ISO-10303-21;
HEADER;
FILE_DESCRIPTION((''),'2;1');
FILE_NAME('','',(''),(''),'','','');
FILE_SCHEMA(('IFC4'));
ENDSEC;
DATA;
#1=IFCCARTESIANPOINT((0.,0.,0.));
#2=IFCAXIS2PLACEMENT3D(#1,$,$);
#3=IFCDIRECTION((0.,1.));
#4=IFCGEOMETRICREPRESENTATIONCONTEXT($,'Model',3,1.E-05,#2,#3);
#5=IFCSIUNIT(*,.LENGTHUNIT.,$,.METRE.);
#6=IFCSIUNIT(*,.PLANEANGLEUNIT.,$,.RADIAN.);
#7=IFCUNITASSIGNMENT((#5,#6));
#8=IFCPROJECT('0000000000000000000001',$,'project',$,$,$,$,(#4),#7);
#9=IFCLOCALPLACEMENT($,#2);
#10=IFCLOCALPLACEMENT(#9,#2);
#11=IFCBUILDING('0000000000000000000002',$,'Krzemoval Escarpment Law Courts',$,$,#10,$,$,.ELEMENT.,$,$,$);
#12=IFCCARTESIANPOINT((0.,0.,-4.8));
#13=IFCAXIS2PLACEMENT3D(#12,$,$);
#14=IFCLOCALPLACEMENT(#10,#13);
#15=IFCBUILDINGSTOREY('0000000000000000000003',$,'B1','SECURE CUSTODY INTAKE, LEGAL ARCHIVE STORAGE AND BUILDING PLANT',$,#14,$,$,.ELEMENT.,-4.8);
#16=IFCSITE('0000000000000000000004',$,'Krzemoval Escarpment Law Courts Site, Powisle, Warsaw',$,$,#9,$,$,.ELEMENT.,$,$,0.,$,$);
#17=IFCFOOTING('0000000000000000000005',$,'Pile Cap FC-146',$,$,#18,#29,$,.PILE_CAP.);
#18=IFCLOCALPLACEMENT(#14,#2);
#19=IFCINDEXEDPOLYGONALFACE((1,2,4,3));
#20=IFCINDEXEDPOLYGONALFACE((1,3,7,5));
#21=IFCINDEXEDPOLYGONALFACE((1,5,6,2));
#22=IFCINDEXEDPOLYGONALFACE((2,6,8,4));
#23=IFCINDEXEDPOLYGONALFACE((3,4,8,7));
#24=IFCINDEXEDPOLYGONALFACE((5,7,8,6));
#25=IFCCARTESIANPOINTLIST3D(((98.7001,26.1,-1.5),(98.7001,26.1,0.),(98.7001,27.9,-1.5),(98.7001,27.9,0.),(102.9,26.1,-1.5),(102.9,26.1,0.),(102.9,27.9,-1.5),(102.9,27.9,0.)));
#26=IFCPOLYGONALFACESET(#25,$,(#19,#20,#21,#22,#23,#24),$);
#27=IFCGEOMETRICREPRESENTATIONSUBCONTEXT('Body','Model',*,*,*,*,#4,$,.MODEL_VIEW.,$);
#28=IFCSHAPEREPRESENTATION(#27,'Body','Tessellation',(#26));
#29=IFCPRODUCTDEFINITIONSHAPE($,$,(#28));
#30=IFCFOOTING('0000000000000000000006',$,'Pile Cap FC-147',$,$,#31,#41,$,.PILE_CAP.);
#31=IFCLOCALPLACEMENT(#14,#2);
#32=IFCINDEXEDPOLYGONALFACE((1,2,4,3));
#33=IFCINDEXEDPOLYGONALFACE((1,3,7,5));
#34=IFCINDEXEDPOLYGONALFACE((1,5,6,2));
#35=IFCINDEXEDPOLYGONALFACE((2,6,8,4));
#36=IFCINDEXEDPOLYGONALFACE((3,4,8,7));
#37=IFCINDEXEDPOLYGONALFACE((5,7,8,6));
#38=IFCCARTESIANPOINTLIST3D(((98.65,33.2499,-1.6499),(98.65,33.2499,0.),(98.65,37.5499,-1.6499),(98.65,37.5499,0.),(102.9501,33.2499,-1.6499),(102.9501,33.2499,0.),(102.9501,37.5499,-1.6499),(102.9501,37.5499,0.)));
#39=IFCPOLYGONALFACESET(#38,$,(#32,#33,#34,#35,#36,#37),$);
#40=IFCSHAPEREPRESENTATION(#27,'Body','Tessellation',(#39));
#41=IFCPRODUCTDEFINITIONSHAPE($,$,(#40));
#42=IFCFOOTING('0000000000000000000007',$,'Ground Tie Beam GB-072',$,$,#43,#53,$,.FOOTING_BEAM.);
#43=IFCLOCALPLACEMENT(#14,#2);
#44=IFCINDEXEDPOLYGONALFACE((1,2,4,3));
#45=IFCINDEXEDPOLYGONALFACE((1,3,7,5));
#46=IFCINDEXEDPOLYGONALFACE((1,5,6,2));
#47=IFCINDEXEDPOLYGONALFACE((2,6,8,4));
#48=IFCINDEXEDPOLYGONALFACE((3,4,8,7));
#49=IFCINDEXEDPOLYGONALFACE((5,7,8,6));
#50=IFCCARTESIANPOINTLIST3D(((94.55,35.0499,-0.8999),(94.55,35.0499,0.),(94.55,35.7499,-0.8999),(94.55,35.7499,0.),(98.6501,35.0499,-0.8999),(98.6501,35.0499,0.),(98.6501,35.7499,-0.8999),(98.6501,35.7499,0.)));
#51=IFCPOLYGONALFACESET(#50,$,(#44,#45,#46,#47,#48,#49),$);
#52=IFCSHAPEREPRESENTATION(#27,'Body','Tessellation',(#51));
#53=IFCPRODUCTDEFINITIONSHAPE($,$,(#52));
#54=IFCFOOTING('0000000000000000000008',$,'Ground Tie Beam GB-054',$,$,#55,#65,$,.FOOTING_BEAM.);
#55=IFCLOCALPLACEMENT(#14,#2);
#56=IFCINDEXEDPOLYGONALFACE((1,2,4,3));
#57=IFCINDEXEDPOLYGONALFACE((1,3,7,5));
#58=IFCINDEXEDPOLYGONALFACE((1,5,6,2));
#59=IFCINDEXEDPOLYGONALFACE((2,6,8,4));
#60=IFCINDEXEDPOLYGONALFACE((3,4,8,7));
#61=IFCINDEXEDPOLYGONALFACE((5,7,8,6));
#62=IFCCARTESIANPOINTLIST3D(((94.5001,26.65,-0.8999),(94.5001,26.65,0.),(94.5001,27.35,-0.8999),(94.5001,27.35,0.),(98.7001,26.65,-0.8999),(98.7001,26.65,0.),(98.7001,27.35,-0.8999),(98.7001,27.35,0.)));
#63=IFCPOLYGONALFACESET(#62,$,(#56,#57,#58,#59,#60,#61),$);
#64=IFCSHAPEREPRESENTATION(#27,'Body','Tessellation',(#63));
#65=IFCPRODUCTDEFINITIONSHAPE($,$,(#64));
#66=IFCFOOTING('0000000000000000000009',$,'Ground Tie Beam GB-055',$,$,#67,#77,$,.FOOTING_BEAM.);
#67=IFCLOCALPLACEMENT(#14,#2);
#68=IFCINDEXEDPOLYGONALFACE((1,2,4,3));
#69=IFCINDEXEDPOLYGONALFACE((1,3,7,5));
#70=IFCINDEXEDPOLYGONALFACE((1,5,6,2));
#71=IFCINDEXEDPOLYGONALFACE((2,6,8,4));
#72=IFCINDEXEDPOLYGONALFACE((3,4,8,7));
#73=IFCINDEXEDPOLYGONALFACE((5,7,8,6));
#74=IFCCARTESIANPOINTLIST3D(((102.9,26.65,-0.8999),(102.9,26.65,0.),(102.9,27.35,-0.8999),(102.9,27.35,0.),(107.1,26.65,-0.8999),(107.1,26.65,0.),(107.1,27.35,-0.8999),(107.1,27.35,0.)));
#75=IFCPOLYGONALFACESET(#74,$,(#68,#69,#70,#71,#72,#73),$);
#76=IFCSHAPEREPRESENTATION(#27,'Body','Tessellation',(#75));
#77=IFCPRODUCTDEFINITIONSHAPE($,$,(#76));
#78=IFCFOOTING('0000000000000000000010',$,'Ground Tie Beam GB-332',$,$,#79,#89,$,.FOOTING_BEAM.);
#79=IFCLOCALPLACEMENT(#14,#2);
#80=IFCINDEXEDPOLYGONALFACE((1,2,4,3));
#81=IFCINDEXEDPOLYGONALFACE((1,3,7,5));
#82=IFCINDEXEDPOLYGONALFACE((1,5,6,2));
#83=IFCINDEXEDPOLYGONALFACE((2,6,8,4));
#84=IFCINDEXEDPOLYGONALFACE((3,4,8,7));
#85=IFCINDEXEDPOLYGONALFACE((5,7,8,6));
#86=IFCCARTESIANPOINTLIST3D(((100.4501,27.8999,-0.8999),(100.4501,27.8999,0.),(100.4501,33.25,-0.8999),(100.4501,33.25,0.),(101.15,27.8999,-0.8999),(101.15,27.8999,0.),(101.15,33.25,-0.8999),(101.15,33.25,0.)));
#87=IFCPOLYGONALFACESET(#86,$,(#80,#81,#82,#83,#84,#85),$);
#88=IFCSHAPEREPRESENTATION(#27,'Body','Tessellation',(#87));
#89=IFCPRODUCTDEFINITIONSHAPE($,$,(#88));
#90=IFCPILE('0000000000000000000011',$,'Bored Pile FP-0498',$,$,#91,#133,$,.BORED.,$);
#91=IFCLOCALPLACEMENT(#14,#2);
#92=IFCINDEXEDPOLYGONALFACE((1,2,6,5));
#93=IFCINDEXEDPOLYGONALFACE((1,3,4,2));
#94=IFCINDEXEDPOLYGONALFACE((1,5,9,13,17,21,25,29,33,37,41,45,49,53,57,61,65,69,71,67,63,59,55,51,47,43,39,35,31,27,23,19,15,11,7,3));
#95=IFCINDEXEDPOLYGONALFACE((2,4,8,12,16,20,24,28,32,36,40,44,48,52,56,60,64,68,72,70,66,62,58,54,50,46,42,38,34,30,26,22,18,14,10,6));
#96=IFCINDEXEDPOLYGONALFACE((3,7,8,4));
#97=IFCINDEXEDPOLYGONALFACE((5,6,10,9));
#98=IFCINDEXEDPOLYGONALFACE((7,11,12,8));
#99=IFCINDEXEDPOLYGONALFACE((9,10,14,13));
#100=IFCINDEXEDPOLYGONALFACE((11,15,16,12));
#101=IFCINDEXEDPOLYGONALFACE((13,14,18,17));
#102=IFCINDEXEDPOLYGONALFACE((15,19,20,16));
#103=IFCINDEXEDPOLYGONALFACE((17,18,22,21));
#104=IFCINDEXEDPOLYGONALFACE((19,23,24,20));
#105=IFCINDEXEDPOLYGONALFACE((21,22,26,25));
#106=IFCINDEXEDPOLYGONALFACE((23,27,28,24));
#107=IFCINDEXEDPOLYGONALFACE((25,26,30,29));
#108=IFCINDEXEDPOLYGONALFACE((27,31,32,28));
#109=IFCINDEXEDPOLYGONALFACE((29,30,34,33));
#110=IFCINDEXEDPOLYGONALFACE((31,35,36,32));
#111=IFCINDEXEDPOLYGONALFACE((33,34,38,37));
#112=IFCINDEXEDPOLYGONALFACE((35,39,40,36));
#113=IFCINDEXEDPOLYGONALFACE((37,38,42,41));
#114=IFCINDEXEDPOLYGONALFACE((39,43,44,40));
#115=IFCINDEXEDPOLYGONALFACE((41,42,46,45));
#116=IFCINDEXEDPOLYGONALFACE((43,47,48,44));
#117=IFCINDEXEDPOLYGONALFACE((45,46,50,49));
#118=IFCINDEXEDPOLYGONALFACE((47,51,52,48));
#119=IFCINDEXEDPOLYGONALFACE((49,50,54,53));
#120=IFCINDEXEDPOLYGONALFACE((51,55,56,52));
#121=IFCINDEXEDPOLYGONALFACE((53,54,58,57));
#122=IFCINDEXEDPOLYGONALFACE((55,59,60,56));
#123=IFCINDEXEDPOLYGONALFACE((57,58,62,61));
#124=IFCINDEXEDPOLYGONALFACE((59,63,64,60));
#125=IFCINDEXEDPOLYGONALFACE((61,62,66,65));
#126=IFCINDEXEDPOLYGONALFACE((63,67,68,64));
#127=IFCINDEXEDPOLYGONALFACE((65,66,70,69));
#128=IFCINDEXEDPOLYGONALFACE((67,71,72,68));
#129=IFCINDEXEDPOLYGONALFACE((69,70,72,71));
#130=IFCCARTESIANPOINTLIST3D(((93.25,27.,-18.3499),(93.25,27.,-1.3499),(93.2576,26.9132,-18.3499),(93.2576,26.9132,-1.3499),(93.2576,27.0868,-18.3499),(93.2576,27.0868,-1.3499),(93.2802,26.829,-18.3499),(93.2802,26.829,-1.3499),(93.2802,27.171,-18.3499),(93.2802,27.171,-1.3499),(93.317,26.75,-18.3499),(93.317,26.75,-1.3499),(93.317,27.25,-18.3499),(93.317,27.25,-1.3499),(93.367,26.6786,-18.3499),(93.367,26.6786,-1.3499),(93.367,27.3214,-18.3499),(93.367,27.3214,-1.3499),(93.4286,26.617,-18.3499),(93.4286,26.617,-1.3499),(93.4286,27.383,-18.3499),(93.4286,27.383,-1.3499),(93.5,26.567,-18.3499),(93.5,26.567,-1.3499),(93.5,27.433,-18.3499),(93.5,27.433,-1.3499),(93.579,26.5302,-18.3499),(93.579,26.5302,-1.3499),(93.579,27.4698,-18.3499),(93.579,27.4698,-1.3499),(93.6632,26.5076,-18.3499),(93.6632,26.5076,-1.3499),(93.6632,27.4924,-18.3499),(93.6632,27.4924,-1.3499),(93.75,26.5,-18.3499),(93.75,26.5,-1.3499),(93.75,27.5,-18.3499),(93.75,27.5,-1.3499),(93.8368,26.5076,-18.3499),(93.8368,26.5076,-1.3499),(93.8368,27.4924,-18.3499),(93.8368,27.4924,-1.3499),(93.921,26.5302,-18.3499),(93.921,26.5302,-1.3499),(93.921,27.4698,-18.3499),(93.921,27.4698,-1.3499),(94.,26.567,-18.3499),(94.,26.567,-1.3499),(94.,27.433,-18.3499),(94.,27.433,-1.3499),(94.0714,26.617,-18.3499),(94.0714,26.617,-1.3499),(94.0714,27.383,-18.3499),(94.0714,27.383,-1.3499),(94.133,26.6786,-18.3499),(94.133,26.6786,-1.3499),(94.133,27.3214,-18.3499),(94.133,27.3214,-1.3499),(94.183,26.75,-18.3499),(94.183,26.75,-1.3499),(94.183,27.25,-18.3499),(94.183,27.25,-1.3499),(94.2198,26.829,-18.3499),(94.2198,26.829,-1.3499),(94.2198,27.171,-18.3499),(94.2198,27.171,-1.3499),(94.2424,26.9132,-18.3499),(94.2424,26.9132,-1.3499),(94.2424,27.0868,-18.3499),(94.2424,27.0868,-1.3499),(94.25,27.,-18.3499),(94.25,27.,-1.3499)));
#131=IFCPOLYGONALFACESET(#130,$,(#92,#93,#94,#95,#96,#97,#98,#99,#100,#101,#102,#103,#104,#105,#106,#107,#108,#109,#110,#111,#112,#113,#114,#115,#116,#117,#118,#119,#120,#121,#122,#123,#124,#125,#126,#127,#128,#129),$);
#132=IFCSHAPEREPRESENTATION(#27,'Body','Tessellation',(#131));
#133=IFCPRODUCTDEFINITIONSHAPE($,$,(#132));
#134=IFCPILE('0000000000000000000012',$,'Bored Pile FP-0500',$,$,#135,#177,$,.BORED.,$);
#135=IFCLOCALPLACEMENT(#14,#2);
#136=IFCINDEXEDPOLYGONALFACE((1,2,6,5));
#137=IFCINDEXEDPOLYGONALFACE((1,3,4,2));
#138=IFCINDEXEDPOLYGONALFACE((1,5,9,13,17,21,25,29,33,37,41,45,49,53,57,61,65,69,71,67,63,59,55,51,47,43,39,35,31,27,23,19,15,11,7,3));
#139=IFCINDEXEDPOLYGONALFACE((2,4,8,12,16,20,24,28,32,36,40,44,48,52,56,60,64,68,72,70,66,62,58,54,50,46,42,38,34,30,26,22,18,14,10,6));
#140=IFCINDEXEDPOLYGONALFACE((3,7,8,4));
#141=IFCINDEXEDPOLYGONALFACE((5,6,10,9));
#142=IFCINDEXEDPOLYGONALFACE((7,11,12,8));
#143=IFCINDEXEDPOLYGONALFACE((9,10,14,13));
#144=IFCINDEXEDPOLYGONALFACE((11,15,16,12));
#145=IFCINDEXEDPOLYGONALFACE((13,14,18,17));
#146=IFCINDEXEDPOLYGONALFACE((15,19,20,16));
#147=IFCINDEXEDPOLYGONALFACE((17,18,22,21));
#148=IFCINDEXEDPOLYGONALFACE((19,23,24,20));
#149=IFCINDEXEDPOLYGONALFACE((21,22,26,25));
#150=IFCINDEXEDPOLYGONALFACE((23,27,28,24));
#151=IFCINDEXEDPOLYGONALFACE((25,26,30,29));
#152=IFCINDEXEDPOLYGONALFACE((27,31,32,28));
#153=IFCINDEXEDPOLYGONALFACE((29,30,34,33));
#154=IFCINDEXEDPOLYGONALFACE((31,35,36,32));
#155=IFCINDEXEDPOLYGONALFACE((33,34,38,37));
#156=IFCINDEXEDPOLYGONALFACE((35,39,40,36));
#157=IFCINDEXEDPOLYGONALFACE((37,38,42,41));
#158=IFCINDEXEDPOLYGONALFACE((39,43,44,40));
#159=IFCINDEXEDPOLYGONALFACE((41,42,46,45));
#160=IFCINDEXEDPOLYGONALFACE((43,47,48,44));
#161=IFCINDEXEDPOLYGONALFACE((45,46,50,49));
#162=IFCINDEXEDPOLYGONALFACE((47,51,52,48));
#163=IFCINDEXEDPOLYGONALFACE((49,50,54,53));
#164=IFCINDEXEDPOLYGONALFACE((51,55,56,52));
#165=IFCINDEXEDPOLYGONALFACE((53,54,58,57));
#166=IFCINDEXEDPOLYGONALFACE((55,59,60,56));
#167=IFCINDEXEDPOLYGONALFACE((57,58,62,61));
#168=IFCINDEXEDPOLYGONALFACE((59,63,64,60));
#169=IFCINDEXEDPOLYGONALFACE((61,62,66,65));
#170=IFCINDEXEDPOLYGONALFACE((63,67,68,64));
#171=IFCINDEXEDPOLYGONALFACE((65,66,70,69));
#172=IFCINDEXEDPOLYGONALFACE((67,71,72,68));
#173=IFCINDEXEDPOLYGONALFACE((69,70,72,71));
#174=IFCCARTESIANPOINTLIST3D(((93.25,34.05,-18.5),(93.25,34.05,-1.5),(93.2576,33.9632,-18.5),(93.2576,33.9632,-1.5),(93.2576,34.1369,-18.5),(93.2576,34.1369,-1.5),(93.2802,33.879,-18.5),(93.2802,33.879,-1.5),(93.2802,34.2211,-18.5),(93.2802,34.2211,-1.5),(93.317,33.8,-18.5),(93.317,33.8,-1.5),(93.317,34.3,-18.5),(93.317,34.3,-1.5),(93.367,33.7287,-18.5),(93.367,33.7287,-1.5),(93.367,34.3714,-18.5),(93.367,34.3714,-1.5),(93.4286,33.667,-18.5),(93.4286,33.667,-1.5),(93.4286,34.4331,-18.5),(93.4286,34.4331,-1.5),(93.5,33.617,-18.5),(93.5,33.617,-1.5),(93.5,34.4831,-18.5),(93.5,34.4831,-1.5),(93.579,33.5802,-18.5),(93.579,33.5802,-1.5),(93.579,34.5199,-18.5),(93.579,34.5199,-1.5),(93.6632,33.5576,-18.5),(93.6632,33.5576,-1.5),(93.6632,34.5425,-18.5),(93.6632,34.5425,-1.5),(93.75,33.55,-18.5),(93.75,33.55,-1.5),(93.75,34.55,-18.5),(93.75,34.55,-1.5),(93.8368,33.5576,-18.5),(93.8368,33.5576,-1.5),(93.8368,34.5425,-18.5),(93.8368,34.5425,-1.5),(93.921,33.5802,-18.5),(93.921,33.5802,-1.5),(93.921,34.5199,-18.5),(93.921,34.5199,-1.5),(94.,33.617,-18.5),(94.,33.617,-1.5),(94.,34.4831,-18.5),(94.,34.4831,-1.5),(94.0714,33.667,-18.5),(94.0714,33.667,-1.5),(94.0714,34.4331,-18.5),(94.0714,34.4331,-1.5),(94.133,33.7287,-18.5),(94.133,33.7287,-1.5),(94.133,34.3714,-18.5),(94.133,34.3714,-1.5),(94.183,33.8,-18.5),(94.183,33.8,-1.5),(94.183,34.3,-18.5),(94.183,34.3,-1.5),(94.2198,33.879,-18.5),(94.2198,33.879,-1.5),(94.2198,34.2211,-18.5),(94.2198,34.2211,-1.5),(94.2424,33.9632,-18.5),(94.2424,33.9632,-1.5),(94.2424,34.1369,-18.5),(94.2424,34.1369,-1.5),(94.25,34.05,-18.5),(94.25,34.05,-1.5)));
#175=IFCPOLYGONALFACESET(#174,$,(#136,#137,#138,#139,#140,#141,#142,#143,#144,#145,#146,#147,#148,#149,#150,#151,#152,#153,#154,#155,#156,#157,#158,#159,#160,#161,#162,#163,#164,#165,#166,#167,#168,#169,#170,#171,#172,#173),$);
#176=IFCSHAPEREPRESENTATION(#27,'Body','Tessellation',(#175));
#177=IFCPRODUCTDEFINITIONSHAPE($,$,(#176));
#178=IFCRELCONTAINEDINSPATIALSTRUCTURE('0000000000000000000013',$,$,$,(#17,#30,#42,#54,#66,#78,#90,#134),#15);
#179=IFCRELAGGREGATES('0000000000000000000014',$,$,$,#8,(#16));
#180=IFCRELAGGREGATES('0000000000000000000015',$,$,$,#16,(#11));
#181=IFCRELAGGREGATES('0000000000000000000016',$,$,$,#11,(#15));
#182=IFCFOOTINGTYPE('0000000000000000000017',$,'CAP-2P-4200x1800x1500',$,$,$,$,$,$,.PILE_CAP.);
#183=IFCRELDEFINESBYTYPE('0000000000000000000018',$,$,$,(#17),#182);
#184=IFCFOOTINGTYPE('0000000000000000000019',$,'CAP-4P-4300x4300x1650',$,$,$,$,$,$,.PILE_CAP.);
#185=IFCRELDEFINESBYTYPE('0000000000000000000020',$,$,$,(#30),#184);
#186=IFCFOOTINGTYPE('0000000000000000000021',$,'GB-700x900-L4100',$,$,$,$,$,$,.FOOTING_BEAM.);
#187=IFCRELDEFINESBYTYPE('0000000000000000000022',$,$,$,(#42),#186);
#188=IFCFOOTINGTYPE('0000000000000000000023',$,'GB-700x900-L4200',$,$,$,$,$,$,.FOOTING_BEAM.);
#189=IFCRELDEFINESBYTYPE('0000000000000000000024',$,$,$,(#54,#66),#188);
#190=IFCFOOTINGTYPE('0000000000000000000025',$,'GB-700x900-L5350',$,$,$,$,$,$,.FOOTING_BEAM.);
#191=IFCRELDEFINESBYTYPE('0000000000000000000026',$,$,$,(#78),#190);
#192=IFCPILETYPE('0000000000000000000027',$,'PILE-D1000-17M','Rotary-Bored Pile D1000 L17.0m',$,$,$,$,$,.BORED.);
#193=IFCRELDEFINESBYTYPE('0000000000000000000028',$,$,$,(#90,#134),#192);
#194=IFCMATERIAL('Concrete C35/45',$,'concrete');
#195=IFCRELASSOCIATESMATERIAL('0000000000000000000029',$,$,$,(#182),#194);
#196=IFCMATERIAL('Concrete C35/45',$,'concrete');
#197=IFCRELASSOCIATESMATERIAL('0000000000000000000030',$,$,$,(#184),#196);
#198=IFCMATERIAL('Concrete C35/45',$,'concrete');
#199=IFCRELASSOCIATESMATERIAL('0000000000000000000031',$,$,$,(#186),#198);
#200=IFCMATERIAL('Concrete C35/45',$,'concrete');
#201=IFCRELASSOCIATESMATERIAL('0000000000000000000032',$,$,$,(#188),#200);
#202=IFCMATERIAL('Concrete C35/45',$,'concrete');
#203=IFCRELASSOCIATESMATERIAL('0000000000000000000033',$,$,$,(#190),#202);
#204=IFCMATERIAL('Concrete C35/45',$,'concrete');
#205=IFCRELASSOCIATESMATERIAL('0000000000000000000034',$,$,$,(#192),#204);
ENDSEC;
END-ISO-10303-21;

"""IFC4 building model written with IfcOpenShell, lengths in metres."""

from ifc_helpers import new_model, si_unit, direction, frame, origin, origin_2d, place, context, subcontext, project, spatial, rectangle, circle, extrude, material, material_profile, profile_set, type_object, element, save


model = new_model("IFC4")

# Units and contexts
model_context = context("Model", 3, precision=1e-05, world=origin(), true_north=direction((0.0, 1.0)))
body_context = subcontext(model_context, "Body", "Model", "MODEL_VIEW")
ifc_project = project(units=[si_unit("LENGTHUNIT", "METRE"), si_unit("PLANEANGLEUNIT", "RADIAN")], contexts=[model_context])

# Site, building, storey
site_placement = place(None, origin())
site = spatial("IfcSite", under=ifc_project, at=site_placement, Name="Krzemoval Escarpment Law Courts Site, Powisle, Warsaw", CompositionType="ELEMENT", RefElevation=0.0)
building_placement = place(site_placement, origin())
building = spatial("IfcBuilding", under=site, at=building_placement, Name="Krzemoval Escarpment Law Courts", CompositionType="ELEMENT")
storey_placement = place(building_placement, frame((0.0, 0.0, -4.8)))
storey = spatial("IfcBuildingStorey", under=building, at=storey_placement, Name="B1", Description="SECURE CUSTODY INTAKE, LEGAL ARCHIVE STORAGE AND BUILDING PLANT", CompositionType="ELEMENT", Elevation=-4.8)

# Footings
ifc_material_1 = material(Name="Concrete C35/45", Category="concrete")
footing_type_1 = type_object("IfcFootingType", Name="CAP-2P-4200x1800x1500", PredefinedType="PILE_CAP", material=ifc_material_1)
footing_1_placement = place(storey_placement, frame((100.8, 27.0, -1.5), z_axis=(0.0, 0.0, 1.0), x_axis=(1.0, 0.0, 0.0)))
element("IfcFooting", 1, at=footing_1_placement, inside=storey, type_object=footing_type_1, Name="Pile Cap FC-146", PredefinedType="PILE_CAP", context=body_context, shape_type="SweptSolid", body=[
    extrude(rectangle(XDim=4.2, YDim=1.8, at=origin_2d()), origin(), (0.0, 0.0, 1.0), 1.5),
])
ifc_material_2 = material(Name="Concrete C35/45", Category="concrete")
footing_type_2 = type_object("IfcFootingType", Name="CAP-4P-4300x4300x1650", PredefinedType="PILE_CAP", material=ifc_material_2)
footing_2_placement = place(storey_placement, frame((100.8, 35.3999, -1.6499), z_axis=(0.0, 0.0, 1.0), x_axis=(1.0, 0.0, 0.0)))
element("IfcFooting", 2, at=footing_2_placement, inside=storey, type_object=footing_type_2, Name="Pile Cap FC-147", PredefinedType="PILE_CAP", context=body_context, shape_type="SweptSolid", body=[
    extrude(rectangle(XDim=4.3, YDim=4.3, at=origin_2d()), origin(), (0.0, 0.0, 1.0), 1.6499),
])
ifc_material_3 = material(Name="Concrete C35/45", Category="concrete")
footing_type_3 = type_object("IfcFootingType", Name="GB-700x900-L4100", PredefinedType="FOOTING_BEAM", material=ifc_material_3)
footing_3_placement = place(storey_placement, frame((96.6001, 35.3999, -0.8999), z_axis=(0.0, 0.0, 1.0), x_axis=(1.0, 0.0, 0.0)))
element("IfcFooting", 3, at=footing_3_placement, inside=storey, type_object=footing_type_3, Name="Ground Tie Beam GB-072", PredefinedType="FOOTING_BEAM", context=body_context, shape_type="SweptSolid", body=[
    extrude(rectangle(XDim=4.1001, YDim=0.7, at=origin_2d()), origin(), (0.0, 0.0, 1.0), 0.8999),
])
ifc_material_4 = material(Name="Concrete C35/45", Category="concrete")
footing_type_4 = type_object("IfcFootingType", Name="GB-700x900-L4200", PredefinedType="FOOTING_BEAM", material=ifc_material_4)
for number, where, z_axis, x_axis, name in (
    (4, (96.6001, 27.0, -0.8999), (0.0, 0.0, 1.0), (1.0, 0.0, 0.0), "Ground Tie Beam GB-054"),
    (5, (105.0, 27.0, -0.8999), (0.0, 0.0, 1.0), (1.0, 0.0, 0.0), "Ground Tie Beam GB-055"),
):
    element("IfcFooting", number, at=place(storey_placement, frame(where, z_axis=z_axis, x_axis=x_axis)), inside=storey, type_object=footing_type_4, Name=name, PredefinedType="FOOTING_BEAM", context=body_context, shape_type="SweptSolid", body=[
        extrude(rectangle(XDim=4.2, YDim=0.7, at=origin_2d()), origin(), (0.0, 0.0, 1.0), 0.8999),
    ])
ifc_material_5 = material(Name="Concrete C35/45", Category="concrete")
footing_type_5 = type_object("IfcFootingType", Name="GB-700x900-L5350", PredefinedType="FOOTING_BEAM", material=ifc_material_5)
footing_4_placement = place(storey_placement, frame((100.8, 30.575, -0.8999), z_axis=(0.0, 0.0, 1.0), x_axis=(0.0, 1.0, 0.0)))
element("IfcFooting", 6, at=footing_4_placement, inside=storey, type_object=footing_type_5, Name="Ground Tie Beam GB-332", PredefinedType="FOOTING_BEAM", context=body_context, shape_type="SweptSolid", body=[
    extrude(rectangle(XDim=5.3501, YDim=0.7, at=origin_2d()), origin(), (0.0, 0.0, 1.0), 0.8999),
])

# Piles
ifc_material_6 = material(Name="Concrete C35/45", Category="concrete")
ifc_material_profile_1 = material_profile(ifc_material_6, circle(Radius=0.5, at=origin_2d()), Name="PILE D1000")
ifc_profile_set_1 = profile_set([ifc_material_profile_1], Name="Concrete C35/45")
pile_type = type_object("IfcPileType", Name="PILE-D1000-17M", Description="Rotary-Bored Pile D1000 L17.0m", PredefinedType="BORED", material=ifc_profile_set_1)
for number, where, z_axis, x_axis, name in (
    (7, (93.75, 27.0, -1.3499), (0.0, 0.0, -1.0), (1.0, 0.0, 0.0), "Bored Pile FP-0498"),
    (8, (93.75, 34.05, -1.5), (0.0, 0.0, -1.0), (1.0, 0.0, 0.0), "Bored Pile FP-0500"),
):
    element("IfcPile", number, at=place(storey_placement, frame(where, z_axis=z_axis, x_axis=x_axis)), inside=storey, type_object=pile_type, Name=name, PredefinedType="BORED", context=body_context, shape_type="SweptSolid", body=[
        extrude(circle(Radius=0.5, at=origin_2d()), origin(), (0.0, 0.0, 1.0), 17.0),
    ])

save(model, "model.ifc")
